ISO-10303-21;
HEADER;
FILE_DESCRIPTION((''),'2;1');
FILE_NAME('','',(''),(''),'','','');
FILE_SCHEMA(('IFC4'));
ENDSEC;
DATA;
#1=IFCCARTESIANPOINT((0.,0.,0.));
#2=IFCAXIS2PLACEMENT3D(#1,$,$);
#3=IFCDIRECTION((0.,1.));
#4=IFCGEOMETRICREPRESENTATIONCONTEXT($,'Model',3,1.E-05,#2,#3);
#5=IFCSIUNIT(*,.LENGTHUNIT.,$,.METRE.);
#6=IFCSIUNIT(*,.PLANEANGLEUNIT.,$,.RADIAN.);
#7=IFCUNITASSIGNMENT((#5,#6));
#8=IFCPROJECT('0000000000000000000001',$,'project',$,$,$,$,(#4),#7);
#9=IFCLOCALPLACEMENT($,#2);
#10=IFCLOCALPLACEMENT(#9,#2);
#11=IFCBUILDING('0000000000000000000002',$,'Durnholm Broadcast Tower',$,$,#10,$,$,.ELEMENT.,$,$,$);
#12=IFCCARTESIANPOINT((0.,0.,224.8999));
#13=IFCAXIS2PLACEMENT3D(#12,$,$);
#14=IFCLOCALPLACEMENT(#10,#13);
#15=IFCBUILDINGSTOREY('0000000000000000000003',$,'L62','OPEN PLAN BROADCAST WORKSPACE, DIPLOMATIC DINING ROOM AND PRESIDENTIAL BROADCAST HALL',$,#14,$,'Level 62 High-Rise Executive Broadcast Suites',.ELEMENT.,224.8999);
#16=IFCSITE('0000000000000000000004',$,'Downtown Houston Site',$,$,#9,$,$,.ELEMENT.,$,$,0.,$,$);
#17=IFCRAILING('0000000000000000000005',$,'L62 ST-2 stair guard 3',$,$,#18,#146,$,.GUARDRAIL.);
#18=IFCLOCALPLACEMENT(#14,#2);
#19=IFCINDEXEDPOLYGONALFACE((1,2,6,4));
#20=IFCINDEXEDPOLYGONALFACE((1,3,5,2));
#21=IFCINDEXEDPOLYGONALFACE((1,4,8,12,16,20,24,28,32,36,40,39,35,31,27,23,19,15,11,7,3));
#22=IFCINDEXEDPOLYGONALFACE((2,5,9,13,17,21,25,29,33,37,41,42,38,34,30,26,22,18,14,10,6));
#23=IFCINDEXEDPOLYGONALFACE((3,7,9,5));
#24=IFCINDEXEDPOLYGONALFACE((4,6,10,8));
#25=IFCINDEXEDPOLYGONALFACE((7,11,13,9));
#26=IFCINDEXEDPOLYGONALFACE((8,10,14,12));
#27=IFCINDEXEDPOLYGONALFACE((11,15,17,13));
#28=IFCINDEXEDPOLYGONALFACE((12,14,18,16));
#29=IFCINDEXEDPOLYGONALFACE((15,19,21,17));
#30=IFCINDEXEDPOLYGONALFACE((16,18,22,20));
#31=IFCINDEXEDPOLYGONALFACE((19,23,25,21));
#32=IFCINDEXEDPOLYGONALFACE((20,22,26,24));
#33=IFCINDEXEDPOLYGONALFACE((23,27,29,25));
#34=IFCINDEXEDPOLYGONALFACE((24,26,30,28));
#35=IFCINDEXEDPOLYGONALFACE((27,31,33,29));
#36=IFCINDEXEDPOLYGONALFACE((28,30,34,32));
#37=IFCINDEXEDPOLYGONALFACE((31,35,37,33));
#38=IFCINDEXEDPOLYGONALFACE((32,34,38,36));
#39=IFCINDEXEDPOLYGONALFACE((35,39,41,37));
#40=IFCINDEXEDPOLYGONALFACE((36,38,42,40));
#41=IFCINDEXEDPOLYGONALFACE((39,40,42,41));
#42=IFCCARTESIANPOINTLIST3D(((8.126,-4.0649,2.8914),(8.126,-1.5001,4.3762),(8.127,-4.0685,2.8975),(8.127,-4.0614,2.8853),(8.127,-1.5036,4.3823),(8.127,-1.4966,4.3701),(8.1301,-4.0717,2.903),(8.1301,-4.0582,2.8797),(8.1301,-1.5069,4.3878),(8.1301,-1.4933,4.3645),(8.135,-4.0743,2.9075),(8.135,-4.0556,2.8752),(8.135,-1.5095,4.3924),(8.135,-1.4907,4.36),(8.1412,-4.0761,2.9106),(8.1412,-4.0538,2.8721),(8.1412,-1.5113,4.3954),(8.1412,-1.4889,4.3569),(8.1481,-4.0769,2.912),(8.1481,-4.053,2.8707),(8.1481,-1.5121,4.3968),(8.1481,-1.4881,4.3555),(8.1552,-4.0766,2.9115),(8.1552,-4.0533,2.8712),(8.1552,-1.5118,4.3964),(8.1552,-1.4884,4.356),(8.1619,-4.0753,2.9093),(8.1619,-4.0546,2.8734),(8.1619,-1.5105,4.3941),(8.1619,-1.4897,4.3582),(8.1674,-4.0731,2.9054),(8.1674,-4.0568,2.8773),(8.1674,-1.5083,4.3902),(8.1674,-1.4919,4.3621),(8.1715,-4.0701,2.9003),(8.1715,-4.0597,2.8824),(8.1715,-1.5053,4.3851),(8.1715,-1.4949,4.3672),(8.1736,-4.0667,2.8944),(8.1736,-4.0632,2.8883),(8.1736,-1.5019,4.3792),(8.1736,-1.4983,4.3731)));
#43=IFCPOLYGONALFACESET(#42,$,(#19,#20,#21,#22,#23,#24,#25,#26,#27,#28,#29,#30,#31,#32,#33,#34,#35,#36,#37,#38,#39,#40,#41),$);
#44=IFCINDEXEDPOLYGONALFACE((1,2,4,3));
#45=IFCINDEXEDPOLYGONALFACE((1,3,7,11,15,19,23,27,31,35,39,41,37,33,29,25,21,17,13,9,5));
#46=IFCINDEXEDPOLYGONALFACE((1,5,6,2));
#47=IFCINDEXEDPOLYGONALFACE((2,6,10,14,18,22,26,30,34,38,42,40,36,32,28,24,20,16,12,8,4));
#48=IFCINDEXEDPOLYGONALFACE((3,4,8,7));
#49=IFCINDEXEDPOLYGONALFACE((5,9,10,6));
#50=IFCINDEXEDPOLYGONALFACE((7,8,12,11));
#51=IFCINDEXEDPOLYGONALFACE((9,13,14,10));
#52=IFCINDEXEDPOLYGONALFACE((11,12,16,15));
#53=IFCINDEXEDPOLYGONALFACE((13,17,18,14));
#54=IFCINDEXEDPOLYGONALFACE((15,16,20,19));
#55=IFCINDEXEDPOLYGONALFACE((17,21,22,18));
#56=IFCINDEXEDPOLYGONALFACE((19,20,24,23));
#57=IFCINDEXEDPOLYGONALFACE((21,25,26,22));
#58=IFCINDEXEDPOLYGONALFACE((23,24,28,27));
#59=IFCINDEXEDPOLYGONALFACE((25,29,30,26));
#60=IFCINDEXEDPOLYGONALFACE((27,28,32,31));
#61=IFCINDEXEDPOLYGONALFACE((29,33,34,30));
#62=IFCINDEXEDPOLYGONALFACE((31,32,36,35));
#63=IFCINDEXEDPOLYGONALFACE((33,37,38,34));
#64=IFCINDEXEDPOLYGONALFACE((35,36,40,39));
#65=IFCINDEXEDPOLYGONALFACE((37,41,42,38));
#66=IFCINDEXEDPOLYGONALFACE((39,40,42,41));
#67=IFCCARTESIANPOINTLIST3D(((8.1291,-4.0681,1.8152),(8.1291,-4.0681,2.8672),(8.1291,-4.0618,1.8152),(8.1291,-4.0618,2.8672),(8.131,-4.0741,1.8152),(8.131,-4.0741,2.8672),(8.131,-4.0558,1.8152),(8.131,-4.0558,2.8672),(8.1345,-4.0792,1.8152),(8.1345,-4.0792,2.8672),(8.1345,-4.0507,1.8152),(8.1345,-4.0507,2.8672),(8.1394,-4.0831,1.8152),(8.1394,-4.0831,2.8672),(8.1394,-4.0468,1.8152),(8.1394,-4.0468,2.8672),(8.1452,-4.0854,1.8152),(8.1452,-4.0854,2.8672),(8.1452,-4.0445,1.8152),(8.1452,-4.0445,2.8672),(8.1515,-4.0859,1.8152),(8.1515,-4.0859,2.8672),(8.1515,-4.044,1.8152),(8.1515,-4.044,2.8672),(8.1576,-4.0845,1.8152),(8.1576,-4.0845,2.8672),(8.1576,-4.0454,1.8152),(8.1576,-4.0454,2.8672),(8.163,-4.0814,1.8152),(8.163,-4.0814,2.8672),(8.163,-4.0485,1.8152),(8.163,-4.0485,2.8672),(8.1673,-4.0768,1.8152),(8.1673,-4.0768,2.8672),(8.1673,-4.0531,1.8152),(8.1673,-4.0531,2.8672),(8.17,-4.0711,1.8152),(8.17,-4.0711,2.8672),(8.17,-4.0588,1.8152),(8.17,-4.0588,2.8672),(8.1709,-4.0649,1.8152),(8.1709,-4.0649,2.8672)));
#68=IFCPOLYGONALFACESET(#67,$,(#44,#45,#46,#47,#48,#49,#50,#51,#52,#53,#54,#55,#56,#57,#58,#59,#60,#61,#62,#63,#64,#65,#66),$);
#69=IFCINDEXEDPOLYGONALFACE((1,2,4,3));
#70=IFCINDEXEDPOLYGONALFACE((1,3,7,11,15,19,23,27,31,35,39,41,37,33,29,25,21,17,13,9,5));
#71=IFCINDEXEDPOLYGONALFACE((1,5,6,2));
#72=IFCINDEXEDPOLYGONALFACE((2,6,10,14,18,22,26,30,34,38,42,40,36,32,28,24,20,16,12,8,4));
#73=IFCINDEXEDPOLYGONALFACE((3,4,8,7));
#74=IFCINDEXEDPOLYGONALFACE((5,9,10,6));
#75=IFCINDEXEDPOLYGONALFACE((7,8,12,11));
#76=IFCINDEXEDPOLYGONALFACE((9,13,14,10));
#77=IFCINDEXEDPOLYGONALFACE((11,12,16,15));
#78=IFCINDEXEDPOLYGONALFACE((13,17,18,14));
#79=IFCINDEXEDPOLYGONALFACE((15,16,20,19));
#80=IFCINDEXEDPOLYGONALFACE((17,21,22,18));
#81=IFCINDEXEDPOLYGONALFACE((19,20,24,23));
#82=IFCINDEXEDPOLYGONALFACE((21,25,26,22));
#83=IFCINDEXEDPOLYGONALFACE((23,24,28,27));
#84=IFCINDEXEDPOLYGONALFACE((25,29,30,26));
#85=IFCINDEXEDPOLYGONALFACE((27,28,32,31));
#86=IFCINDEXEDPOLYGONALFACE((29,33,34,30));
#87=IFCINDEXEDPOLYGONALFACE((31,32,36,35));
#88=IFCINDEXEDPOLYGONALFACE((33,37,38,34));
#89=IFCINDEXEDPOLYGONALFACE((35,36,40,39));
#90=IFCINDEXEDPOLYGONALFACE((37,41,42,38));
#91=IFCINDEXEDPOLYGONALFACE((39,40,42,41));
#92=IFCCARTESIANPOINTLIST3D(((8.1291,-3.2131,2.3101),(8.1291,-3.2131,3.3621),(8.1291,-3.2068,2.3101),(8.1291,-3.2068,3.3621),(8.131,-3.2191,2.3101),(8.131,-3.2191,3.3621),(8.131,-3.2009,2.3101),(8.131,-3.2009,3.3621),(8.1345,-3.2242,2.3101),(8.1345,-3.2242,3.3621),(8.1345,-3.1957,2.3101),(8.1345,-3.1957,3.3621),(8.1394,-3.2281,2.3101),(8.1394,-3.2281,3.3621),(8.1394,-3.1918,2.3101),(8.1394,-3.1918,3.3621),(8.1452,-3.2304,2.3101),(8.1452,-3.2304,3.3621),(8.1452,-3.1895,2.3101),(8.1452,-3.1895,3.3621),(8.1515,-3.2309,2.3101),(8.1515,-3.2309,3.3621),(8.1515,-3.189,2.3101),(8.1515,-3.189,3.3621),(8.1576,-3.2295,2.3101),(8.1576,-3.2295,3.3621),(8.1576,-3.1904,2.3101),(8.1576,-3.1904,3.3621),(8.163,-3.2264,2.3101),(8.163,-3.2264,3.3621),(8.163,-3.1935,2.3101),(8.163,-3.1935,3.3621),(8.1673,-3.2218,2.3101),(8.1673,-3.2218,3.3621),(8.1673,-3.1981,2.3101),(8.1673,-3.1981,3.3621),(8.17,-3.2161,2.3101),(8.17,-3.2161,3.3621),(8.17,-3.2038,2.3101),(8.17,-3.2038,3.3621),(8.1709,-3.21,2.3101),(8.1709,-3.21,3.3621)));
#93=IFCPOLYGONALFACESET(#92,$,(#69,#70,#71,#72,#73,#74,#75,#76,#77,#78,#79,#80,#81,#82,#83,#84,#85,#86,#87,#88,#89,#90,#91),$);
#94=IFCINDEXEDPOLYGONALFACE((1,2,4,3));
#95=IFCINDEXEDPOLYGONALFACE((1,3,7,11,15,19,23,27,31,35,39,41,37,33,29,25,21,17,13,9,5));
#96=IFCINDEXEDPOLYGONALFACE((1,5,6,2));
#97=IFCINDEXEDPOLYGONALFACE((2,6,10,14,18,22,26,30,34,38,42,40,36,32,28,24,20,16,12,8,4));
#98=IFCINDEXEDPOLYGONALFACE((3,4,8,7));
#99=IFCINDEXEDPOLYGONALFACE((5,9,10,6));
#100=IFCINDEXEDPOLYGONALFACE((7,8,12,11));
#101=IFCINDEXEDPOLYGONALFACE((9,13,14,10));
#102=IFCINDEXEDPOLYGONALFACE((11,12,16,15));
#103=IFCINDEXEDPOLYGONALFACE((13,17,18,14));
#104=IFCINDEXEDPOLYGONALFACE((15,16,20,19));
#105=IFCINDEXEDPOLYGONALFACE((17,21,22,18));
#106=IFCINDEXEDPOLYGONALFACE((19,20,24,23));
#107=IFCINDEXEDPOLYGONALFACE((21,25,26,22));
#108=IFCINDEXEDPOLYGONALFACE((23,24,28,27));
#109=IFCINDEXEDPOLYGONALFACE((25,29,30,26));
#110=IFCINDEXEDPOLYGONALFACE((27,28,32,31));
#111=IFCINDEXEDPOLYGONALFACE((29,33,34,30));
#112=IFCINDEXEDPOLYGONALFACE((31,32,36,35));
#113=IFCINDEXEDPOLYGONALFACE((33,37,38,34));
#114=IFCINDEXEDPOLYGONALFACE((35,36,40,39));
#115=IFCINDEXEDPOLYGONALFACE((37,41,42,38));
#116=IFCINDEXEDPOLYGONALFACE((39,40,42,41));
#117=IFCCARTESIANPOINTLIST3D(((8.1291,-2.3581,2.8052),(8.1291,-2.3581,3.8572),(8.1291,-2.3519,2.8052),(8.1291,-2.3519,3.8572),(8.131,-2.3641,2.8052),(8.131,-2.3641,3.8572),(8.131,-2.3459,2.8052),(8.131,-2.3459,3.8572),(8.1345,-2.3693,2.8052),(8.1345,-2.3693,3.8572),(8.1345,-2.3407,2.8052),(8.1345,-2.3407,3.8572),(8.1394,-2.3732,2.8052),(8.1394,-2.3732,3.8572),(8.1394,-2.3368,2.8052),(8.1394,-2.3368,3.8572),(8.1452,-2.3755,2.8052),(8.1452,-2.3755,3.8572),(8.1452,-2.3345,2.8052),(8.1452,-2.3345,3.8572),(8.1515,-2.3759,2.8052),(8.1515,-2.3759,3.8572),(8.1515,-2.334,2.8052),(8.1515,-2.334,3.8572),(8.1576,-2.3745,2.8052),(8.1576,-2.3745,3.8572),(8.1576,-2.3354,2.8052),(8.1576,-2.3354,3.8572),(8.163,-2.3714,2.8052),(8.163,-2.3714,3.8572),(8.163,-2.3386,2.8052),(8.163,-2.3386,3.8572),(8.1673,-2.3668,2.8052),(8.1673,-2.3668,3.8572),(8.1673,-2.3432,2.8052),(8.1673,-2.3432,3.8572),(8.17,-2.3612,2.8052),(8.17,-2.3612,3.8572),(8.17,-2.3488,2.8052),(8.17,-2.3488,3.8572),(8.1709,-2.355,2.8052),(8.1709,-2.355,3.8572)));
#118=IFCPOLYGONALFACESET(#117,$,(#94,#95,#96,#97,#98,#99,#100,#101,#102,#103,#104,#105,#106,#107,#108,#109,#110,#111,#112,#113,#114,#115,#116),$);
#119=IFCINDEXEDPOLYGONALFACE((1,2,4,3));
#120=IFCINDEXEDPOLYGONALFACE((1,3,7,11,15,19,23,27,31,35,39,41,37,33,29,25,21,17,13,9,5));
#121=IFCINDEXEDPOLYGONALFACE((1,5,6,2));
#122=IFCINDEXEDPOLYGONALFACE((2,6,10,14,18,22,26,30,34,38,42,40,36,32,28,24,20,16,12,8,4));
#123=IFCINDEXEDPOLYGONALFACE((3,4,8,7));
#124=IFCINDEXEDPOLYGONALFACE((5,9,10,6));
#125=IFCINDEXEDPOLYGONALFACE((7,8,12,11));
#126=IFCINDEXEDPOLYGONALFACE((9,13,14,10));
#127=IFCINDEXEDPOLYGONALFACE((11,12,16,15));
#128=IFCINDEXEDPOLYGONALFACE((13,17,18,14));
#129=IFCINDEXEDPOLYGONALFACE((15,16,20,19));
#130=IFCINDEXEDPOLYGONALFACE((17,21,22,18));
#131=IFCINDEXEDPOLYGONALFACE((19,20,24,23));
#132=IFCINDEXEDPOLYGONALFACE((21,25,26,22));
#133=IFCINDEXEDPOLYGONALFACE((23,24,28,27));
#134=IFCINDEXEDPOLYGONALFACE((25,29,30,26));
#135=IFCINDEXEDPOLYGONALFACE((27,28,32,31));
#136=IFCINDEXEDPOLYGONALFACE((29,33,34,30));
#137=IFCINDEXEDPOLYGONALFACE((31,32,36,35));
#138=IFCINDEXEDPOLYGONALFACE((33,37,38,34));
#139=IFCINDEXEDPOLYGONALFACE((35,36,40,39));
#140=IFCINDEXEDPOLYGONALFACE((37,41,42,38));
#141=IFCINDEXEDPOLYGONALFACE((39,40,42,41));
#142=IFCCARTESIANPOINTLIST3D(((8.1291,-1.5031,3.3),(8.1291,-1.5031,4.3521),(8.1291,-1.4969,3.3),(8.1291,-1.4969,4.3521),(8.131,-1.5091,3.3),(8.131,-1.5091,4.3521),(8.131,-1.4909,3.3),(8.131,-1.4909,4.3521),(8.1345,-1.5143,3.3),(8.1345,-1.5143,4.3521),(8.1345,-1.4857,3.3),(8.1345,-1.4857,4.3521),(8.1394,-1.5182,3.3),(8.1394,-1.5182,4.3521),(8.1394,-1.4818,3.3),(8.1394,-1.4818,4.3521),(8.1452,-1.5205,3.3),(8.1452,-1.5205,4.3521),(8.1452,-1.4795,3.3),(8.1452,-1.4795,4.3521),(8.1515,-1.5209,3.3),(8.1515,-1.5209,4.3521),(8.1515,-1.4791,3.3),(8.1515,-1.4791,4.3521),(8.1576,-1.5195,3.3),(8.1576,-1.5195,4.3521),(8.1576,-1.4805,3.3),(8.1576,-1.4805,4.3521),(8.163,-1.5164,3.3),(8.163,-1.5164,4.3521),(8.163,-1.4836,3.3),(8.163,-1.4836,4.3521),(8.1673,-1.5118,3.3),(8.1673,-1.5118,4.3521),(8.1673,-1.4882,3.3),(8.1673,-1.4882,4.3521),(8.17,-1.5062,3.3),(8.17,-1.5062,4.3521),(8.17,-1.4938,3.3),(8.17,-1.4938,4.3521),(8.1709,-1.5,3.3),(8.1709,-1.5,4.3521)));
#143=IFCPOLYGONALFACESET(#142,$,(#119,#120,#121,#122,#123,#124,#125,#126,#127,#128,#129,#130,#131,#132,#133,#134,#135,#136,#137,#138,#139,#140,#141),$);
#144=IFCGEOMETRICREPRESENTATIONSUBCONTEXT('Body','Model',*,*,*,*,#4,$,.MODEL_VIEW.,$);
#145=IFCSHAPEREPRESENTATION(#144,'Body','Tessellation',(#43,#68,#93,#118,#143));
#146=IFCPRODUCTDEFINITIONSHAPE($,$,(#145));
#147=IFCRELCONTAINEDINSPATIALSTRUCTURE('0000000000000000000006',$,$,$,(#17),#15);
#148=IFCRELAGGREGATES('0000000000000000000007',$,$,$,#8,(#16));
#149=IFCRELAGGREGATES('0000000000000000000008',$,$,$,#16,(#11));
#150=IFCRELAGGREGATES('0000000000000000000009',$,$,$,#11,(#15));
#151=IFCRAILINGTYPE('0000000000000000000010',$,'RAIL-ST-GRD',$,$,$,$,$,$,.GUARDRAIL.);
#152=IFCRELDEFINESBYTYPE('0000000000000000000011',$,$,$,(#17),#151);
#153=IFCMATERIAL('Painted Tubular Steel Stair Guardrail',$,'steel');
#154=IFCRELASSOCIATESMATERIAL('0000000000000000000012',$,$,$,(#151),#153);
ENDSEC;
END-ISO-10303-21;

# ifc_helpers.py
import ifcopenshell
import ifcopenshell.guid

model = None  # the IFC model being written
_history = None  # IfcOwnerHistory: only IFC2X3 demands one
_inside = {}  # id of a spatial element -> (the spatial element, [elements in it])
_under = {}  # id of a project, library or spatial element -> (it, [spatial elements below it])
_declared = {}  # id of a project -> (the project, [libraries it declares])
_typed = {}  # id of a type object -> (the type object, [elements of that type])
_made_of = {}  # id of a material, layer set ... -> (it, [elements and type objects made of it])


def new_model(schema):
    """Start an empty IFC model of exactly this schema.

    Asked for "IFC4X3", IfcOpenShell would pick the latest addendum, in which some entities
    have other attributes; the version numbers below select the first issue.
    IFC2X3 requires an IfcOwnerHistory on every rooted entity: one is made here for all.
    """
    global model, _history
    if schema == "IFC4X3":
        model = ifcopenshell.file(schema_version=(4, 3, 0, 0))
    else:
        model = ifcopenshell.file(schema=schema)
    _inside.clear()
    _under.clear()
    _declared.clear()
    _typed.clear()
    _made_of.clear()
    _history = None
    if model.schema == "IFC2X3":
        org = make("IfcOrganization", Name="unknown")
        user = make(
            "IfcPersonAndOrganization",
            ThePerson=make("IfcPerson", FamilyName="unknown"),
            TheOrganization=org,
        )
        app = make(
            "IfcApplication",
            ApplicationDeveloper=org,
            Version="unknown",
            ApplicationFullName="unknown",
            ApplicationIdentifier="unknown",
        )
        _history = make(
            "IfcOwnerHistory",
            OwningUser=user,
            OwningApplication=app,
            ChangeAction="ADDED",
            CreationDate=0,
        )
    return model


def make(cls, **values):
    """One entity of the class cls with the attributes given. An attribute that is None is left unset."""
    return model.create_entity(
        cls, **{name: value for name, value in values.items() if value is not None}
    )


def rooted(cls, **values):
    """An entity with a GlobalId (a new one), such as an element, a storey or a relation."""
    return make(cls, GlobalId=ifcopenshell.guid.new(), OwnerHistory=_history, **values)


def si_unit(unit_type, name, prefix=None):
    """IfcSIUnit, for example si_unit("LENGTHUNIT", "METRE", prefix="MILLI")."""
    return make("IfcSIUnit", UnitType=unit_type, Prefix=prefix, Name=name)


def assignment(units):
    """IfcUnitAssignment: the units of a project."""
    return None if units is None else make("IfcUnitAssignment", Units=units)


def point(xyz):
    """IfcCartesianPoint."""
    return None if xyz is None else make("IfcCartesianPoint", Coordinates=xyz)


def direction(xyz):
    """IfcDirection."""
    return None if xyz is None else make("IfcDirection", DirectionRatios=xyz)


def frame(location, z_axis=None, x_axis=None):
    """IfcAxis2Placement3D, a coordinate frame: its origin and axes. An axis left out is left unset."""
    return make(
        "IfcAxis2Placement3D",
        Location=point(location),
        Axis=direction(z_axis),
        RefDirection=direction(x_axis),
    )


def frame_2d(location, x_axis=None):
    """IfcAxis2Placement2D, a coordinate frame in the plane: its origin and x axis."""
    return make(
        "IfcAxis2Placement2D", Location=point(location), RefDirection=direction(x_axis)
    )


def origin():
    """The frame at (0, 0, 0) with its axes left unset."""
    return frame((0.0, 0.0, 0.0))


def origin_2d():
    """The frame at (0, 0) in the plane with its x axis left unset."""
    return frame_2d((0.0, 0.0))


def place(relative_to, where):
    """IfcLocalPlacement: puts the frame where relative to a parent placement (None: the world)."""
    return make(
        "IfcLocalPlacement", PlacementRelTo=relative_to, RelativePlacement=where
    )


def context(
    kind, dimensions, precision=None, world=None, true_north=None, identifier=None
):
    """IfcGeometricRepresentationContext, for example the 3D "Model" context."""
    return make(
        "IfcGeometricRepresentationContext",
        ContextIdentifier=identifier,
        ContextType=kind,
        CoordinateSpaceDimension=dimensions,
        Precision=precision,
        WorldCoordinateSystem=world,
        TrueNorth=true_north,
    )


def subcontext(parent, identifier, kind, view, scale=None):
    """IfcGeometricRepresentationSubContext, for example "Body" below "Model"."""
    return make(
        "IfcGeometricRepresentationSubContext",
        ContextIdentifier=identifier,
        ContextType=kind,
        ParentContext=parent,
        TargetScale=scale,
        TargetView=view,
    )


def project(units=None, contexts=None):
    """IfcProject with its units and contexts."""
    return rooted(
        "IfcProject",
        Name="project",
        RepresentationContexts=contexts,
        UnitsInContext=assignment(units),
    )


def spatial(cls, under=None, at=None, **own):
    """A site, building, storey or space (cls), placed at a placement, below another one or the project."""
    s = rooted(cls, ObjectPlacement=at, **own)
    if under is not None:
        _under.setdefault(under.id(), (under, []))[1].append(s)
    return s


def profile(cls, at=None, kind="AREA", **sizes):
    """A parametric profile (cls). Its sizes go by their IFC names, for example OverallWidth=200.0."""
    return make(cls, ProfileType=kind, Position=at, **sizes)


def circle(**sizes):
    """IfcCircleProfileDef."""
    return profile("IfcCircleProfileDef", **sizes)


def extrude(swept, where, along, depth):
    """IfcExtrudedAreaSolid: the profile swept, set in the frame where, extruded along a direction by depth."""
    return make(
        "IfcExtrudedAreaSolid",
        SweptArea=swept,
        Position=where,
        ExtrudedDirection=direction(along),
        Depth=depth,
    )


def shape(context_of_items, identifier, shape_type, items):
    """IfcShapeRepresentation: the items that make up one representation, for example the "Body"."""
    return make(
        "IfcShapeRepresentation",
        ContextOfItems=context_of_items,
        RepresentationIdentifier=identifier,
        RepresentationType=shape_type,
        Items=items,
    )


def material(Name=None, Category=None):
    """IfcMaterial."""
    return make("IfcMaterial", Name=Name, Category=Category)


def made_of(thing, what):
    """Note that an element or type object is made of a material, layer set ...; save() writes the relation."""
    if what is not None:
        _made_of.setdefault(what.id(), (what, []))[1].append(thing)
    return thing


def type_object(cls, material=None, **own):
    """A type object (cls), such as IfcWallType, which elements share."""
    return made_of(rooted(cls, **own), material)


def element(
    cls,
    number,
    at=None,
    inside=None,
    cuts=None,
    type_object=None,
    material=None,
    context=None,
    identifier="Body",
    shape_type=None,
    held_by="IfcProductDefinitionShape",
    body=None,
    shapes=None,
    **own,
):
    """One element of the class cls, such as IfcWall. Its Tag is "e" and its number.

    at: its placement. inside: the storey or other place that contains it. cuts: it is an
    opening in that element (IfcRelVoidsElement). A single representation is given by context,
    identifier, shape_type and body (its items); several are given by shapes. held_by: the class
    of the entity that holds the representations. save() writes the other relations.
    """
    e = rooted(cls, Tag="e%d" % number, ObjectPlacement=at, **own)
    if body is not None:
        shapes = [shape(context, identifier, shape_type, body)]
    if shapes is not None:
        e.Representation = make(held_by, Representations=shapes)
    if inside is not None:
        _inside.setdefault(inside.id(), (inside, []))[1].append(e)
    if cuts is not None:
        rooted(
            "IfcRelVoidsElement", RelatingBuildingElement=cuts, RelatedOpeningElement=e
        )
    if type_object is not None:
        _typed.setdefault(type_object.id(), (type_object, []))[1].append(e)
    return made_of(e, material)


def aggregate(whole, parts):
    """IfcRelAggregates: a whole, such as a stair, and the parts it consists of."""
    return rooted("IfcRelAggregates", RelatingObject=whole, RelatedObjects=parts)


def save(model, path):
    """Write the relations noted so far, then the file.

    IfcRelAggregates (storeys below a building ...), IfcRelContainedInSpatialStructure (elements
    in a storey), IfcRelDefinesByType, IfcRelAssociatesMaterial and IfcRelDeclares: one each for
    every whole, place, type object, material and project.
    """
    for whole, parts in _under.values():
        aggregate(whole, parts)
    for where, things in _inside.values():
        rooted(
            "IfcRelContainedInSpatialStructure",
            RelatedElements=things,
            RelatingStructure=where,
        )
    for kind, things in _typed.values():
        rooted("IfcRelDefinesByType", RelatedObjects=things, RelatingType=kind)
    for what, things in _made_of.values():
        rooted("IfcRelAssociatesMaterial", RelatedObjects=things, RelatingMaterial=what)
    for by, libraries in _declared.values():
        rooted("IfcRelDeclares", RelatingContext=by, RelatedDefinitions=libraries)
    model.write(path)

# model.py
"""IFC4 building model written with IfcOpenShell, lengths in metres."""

from ifc_helpers import new_model, si_unit, direction, frame, origin, origin_2d, place, context, subcontext, project, spatial, circle, extrude, material, type_object, element, save


model = new_model("IFC4")

# Units and contexts
model_context = context("Model", 3, precision=1e-05, world=origin(), true_north=direction((0.0, 1.0)))
body_context = subcontext(model_context, "Body", "Model", "MODEL_VIEW")
ifc_project = project(units=[si_unit("LENGTHUNIT", "METRE"), si_unit("PLANEANGLEUNIT", "RADIAN")], contexts=[model_context])

# Site, building, storey
site_placement = place(None, origin())
site = spatial("IfcSite", under=ifc_project, at=site_placement, Name="Downtown Houston Site", CompositionType="ELEMENT", RefElevation=0.0)
building_placement = place(site_placement, origin())
building = spatial("IfcBuilding", under=site, at=building_placement, Name="Durnholm Broadcast Tower", CompositionType="ELEMENT")
storey_placement = place(building_placement, frame((0.0, 0.0, 224.8999)))
storey = spatial("IfcBuildingStorey", under=building, at=storey_placement, Name="L62", Description="OPEN PLAN BROADCAST WORKSPACE, DIPLOMATIC DINING ROOM AND PRESIDENTIAL BROADCAST HALL", LongName="Level 62 High-Rise Executive Broadcast Suites", CompositionType="ELEMENT", Elevation=224.8999)

# Railing
ifc_material_1 = material(Name="Painted Tubular Steel Stair Guardrail", Category="steel")
railing_type_1 = type_object("IfcRailingType", Name="RAIL-ST-GRD", PredefinedType="GUARDRAIL", material=ifc_material_1)
railing_1_placement = place(storey_placement, frame((8.1499, -4.0649, 1.8152)))
element("IfcRailing", 1, at=railing_1_placement, inside=storey, type_object=railing_type_1, Name="L62 ST-2 stair guard 3", PredefinedType="GUARDRAIL", context=body_context, shape_type="SweptSolid", body=[
    extrude(circle(Radius=0.0239, at=origin_2d()), frame((0.0, 0.0, 1.0762), z_axis=(0.0, 0.865441, 0.50101), x_axis=(-1.0, 0.0, 0.0)), (0.0, 0.0, 1.0), 2.9636),
    extrude(circle(Radius=0.021, at=origin_2d()), origin(), (0.0, 0.0, 1.0), 1.052),
    extrude(circle(Radius=0.021, at=origin_2d()), frame((0.0, 0.855, 0.4949)), (0.0, 0.0, 1.0), 1.052),
    extrude(circle(Radius=0.021, at=origin_2d()), frame((0.0, 1.71, 0.99)), (0.0, 0.0, 1.0), 1.052),
    extrude(circle(Radius=0.021, at=origin_2d()), frame((0.0, 2.5649, 1.4849)), (0.0, 0.0, 1.0), 1.052),
])

save(model, "model.ifc")
